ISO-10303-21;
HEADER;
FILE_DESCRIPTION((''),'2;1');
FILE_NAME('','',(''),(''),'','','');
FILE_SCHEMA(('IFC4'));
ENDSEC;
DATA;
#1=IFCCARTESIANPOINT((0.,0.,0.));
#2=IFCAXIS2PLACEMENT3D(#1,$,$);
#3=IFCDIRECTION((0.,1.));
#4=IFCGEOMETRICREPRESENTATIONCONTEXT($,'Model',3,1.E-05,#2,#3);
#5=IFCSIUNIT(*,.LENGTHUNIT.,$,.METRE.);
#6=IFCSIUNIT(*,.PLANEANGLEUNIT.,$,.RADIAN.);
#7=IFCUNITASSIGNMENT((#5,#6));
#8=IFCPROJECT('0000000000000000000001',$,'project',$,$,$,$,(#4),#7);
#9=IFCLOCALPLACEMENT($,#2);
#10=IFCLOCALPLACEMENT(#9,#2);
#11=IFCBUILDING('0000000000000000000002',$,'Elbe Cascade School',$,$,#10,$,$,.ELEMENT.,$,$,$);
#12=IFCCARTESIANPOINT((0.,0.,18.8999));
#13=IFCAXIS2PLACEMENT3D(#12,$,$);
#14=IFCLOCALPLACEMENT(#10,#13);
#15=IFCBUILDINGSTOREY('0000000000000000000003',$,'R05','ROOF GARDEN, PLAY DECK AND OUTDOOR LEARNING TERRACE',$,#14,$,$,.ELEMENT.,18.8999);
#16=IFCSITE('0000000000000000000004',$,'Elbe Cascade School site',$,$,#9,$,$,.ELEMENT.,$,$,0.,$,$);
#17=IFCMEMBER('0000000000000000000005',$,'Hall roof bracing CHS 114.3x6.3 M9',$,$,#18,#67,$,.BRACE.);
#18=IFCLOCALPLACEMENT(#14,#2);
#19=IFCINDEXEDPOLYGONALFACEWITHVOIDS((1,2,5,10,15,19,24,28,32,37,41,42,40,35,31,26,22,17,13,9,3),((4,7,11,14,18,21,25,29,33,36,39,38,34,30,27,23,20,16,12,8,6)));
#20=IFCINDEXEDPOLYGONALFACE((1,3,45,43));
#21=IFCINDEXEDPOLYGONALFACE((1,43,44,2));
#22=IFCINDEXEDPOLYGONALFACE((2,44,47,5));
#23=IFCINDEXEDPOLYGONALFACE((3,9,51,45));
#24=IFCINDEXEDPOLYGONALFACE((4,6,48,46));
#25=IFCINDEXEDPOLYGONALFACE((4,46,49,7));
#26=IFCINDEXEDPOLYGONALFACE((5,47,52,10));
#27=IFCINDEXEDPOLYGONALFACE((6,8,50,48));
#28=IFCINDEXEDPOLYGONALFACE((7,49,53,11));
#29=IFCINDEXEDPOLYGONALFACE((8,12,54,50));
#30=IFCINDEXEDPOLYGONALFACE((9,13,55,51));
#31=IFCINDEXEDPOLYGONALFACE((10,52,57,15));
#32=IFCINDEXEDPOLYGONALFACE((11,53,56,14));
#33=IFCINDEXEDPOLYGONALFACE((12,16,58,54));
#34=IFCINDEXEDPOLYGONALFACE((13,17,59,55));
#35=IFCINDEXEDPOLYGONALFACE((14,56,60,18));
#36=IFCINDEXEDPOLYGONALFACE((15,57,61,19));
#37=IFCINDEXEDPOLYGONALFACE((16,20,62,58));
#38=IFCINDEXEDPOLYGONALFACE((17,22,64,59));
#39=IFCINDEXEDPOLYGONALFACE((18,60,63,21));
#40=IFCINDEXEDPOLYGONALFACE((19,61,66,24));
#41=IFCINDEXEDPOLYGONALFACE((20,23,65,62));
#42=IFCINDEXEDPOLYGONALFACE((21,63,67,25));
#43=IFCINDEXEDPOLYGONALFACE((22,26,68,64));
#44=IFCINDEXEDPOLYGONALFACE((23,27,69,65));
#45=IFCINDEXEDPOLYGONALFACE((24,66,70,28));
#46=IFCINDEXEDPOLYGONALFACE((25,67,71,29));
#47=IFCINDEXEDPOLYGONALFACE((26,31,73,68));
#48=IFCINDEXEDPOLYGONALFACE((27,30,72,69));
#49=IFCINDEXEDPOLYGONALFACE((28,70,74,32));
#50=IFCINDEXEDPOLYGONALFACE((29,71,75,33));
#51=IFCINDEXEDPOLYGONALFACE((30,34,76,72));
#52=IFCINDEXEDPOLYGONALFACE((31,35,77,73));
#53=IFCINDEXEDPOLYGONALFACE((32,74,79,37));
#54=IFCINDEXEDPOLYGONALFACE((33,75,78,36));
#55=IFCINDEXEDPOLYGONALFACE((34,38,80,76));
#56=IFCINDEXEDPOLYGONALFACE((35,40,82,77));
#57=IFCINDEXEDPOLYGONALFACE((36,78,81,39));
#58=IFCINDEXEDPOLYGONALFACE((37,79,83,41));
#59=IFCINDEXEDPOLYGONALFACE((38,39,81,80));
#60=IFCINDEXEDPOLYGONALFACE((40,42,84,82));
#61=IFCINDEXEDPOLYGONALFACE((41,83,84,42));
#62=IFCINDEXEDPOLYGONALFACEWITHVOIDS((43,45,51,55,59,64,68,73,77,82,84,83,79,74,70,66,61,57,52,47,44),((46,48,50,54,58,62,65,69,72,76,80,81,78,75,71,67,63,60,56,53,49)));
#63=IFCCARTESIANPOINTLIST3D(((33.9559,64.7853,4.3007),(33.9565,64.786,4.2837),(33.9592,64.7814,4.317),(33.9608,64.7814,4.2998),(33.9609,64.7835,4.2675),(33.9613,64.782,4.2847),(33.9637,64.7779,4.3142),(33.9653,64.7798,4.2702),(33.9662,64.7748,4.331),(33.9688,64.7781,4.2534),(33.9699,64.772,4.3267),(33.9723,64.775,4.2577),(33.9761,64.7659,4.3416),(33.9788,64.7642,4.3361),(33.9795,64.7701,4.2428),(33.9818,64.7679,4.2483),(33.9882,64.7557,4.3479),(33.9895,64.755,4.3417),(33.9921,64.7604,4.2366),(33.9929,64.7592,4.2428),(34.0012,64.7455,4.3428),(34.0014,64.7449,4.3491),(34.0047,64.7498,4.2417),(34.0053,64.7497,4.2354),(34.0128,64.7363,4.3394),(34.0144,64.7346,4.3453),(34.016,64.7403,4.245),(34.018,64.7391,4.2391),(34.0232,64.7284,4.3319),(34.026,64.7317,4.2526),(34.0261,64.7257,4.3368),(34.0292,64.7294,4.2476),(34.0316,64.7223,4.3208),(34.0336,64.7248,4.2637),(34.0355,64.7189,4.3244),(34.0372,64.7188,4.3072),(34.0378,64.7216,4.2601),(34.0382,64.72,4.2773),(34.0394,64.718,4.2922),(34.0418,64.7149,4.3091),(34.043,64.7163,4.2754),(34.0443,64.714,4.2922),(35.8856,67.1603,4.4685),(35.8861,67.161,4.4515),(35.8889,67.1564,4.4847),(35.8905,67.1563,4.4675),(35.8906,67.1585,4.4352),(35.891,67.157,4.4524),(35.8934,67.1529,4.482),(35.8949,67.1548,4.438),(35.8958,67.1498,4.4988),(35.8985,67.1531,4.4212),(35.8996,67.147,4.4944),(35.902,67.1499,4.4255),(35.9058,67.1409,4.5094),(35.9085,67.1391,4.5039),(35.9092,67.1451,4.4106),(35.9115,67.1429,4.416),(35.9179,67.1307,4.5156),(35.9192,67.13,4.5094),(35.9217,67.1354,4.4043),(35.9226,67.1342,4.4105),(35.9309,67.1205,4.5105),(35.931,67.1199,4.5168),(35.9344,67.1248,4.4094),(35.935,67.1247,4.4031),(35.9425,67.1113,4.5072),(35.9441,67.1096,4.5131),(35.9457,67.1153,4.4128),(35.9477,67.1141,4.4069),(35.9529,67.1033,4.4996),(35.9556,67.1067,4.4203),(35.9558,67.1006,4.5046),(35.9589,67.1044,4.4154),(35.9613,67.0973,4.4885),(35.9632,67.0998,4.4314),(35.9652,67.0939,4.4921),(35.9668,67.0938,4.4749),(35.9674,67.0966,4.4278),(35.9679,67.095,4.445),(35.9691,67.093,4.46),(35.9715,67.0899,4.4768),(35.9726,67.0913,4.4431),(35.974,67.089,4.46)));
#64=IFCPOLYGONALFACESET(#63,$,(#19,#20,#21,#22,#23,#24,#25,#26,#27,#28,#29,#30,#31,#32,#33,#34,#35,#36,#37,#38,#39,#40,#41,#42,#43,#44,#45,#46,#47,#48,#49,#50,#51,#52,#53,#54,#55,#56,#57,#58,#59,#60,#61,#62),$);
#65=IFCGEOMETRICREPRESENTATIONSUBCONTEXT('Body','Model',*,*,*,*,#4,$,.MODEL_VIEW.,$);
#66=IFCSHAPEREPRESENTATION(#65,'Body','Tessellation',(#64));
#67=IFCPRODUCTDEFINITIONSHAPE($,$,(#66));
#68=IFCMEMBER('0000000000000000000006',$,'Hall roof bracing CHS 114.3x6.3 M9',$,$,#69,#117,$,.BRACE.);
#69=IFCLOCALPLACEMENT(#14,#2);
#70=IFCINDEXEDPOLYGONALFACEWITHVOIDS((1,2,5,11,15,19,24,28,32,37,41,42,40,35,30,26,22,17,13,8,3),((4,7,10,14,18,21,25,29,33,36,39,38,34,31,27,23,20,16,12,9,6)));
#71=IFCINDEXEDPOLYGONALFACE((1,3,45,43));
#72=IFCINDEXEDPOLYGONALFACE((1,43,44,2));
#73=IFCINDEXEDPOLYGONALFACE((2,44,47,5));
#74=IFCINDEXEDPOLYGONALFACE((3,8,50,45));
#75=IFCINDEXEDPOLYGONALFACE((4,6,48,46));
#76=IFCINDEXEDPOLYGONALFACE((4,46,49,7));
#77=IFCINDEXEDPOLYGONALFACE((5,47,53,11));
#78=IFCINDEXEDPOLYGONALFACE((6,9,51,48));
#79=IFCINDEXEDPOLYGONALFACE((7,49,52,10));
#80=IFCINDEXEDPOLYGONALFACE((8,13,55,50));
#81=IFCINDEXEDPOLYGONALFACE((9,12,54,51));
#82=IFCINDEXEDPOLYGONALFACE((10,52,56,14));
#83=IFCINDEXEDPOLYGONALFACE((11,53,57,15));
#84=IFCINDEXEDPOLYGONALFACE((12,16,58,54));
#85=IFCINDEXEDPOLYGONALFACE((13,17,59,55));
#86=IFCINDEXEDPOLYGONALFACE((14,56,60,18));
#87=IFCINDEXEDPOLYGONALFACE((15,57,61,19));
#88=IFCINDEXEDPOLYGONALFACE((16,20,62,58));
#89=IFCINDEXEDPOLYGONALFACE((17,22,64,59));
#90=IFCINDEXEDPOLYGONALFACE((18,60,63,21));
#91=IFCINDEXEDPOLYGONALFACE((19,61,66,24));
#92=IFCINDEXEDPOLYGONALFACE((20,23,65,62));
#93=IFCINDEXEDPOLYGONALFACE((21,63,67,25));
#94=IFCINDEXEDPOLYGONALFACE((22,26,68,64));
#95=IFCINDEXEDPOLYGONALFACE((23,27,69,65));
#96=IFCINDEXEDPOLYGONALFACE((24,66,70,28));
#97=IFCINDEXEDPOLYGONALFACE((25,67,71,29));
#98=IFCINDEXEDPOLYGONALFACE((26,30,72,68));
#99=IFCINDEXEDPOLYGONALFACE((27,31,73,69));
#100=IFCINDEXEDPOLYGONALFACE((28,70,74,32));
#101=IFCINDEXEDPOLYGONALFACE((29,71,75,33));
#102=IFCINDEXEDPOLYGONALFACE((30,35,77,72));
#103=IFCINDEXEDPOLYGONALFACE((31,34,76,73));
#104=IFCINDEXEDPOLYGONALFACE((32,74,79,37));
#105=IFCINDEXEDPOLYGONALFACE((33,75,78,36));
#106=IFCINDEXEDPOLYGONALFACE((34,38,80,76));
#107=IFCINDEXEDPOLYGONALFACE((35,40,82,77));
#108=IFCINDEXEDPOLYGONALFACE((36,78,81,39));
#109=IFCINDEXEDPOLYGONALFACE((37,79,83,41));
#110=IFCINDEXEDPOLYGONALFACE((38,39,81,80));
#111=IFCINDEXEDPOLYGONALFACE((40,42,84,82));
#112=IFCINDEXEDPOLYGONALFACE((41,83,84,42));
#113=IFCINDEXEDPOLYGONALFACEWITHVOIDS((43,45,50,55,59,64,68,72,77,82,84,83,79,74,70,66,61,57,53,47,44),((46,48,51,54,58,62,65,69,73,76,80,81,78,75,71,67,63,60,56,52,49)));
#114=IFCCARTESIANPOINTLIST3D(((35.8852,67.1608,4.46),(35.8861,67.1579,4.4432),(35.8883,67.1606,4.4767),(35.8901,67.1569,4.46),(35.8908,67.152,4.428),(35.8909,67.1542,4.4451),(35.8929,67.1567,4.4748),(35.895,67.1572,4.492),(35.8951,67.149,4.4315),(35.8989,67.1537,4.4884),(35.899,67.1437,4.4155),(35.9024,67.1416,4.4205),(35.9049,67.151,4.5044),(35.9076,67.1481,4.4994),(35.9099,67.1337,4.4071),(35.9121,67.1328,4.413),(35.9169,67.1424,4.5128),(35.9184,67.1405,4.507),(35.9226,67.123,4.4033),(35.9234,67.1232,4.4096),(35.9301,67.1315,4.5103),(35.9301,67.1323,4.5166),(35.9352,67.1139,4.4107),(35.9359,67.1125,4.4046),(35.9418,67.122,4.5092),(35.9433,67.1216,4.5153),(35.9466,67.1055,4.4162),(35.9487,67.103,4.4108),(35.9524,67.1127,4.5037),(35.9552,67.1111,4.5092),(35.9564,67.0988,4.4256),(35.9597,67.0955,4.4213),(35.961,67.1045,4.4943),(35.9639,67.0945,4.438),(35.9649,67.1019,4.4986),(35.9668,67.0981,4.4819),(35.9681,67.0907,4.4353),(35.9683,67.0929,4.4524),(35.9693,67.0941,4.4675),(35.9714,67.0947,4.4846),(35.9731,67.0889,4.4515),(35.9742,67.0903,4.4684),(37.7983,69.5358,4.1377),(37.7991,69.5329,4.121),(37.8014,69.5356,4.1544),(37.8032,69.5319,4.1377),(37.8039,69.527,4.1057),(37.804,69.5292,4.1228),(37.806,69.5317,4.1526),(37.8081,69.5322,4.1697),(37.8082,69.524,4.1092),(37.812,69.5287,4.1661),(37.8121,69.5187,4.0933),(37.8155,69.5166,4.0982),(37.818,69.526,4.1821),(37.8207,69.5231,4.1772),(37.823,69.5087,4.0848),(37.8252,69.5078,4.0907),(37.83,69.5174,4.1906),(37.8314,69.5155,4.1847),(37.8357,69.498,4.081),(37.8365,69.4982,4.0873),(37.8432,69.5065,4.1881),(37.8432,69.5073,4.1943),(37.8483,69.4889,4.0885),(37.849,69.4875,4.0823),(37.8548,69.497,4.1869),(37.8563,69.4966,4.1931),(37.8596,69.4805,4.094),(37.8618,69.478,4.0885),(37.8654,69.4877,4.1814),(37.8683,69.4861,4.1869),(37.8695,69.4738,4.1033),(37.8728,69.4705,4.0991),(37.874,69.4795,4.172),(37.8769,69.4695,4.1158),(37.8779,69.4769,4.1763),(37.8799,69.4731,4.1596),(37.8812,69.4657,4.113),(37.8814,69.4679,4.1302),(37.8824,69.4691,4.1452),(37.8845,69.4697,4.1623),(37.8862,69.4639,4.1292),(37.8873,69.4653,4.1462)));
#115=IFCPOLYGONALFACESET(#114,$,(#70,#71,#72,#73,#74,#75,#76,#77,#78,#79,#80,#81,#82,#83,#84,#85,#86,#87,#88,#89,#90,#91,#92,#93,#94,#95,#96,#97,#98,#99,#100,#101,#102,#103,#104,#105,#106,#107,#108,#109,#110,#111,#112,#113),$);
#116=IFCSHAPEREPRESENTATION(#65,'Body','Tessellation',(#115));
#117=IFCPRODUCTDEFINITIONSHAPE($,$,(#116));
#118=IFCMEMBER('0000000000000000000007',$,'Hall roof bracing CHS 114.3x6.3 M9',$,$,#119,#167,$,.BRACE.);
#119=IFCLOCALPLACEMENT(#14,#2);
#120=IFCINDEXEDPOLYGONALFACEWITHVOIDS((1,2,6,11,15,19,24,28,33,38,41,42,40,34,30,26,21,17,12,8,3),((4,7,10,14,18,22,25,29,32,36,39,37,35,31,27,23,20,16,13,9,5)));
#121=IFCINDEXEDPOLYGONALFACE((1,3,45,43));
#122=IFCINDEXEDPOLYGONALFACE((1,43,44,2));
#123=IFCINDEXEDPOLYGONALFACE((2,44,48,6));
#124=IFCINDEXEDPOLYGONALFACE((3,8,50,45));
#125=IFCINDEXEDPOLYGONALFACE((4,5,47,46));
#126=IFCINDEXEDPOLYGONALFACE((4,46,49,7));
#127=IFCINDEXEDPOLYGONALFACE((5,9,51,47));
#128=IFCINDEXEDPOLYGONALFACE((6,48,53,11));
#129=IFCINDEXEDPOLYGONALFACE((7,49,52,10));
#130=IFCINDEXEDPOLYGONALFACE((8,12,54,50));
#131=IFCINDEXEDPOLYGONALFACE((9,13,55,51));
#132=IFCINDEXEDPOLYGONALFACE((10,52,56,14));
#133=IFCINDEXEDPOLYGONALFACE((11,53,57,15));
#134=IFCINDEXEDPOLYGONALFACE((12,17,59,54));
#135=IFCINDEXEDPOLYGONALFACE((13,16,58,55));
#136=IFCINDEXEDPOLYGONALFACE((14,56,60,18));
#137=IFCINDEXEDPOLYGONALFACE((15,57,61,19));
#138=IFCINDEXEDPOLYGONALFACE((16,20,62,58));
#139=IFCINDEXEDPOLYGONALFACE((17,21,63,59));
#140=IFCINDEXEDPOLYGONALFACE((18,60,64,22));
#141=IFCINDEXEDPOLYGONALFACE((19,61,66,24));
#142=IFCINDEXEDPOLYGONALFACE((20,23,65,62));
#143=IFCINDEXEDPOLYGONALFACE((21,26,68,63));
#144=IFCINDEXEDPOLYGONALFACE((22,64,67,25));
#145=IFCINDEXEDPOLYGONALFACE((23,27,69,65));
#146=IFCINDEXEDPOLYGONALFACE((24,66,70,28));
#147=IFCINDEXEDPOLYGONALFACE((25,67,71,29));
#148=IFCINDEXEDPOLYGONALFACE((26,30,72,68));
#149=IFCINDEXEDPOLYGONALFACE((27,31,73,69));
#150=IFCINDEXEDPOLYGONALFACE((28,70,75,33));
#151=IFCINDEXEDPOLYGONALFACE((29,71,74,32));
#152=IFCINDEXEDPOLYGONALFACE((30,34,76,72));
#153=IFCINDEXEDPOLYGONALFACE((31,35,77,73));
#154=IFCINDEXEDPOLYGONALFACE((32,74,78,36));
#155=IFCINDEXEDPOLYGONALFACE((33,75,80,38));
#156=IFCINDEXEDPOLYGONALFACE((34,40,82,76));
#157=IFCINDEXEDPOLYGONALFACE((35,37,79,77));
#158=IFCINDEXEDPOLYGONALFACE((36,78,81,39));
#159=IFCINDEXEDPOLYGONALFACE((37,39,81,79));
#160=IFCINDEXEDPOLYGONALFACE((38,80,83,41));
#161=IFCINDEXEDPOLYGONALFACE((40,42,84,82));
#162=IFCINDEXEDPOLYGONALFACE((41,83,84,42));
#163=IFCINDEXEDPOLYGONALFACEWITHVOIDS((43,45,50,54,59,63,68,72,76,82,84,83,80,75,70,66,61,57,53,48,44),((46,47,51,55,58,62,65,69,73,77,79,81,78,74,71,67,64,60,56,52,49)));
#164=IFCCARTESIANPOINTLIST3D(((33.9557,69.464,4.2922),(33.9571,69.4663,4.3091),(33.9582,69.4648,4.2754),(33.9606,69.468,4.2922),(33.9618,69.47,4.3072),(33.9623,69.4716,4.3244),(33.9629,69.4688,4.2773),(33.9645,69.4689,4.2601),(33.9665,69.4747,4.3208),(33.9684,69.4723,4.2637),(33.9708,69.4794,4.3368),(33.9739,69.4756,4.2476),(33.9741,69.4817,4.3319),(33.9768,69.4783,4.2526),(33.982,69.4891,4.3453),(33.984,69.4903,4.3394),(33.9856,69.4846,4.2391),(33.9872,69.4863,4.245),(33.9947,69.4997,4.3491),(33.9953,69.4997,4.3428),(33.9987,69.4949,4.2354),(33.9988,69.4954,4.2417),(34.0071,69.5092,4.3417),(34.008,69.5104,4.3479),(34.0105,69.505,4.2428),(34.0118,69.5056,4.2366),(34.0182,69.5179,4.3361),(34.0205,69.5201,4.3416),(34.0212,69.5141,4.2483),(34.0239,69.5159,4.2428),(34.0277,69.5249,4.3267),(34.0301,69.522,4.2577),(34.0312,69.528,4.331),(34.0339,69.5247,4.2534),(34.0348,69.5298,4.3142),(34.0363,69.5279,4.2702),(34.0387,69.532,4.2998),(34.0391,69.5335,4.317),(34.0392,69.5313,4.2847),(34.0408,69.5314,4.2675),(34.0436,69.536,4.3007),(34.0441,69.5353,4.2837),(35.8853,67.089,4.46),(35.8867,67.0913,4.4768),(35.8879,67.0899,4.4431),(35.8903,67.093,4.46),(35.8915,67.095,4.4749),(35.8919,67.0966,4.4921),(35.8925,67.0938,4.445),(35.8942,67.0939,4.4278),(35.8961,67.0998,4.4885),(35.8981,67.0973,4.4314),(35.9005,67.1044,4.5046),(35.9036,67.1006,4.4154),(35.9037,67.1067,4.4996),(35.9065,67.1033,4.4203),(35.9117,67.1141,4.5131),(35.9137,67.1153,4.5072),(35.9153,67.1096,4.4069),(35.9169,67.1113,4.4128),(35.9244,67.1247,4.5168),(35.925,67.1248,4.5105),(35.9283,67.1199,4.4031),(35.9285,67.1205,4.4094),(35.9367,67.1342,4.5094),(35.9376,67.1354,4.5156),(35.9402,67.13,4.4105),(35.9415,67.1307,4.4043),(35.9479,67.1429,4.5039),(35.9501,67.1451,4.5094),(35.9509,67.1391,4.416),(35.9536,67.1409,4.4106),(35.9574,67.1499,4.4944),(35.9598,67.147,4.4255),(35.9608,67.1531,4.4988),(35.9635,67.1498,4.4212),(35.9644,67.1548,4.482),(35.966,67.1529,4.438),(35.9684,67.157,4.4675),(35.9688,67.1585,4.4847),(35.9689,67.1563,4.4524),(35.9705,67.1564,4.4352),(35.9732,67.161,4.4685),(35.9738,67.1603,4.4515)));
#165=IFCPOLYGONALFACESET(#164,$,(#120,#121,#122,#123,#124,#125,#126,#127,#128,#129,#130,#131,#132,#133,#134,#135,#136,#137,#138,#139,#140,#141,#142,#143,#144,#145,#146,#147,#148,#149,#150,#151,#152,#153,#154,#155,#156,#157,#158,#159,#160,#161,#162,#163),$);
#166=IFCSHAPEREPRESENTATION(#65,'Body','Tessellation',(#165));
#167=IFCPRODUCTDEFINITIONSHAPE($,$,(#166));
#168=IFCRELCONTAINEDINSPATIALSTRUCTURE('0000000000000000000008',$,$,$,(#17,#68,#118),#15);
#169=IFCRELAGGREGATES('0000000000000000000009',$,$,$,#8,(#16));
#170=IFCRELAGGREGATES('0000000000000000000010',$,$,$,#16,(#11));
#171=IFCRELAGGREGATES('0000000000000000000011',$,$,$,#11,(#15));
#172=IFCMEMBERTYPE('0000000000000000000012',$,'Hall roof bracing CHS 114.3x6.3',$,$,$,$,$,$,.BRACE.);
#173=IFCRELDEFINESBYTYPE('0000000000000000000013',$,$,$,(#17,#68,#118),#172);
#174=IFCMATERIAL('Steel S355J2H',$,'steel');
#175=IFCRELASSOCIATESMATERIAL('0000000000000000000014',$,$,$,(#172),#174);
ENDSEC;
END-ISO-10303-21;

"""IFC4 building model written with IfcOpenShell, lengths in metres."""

from ifc_helpers import new_model, si_unit, direction, frame, origin, origin_2d, place, context, subcontext, project, spatial, hollow_circle, extrude, material, material_profile, profile_set, type_object, element, save


model = new_model("IFC4")

# Units and contexts
model_context = context("Model", 3, precision=1e-05, world=origin(), true_north=direction((0.0, 1.0)))
body_context = subcontext(model_context, "Body", "Model", "MODEL_VIEW")
ifc_project = project(units=[si_unit("LENGTHUNIT", "METRE"), si_unit("PLANEANGLEUNIT", "RADIAN")], contexts=[model_context])

# Site, building, storey
site_placement = place(None, origin())
site = spatial("IfcSite", under=ifc_project, at=site_placement, Name="Elbe Cascade School site", CompositionType="ELEMENT", RefElevation=0.0)
building_placement = place(site_placement, origin())
building = spatial("IfcBuilding", under=site, at=building_placement, Name="Elbe Cascade School", CompositionType="ELEMENT")
storey_placement = place(building_placement, frame((0.0, 0.0, 18.8999)))
storey = spatial("IfcBuildingStorey", under=building, at=storey_placement, Name="R05", Description="ROOF GARDEN, PLAY DECK AND OUTDOOR LEARNING TERRACE", CompositionType="ELEMENT", Elevation=18.8999)

# Members
ifc_material_1 = material(Name="Steel S355J2H", Category="steel")
ifc_material_profile_1 = material_profile(ifc_material_1, hollow_circle(Radius=0.0571, WallThickness=0.0063, at=origin_2d()), Name="CHS 114.3x6.3")
ifc_profile_set_1 = profile_set([ifc_material_profile_1], Name="Steel S355J2H")
member_type_1 = type_object("IfcMemberType", Name="Hall roof bracing CHS 114.3x6.3", PredefinedType="BRACE", material=ifc_profile_set_1)
member_1_placement = place(storey_placement, frame((35.9297, 67.125, 4.46), z_axis=(-0.629648, -0.774951, -0.054728), x_axis=(0.776114, -0.630593, 0.0)))
element("IfcMember", 1, at=member_1_placement, inside=storey, type_object=member_type_1, Name="Hall roof bracing CHS 114.3x6.3 M9", PredefinedType="BRACE", context=body_context, shape_type="SweptSolid", body=[
    extrude(hollow_circle(Radius=0.0571, WallThickness=0.0063, at=origin_2d()), origin(), (0.0, 0.0, 1.0), 3.0647),
])
member_2_placement = place(storey_placement, frame((35.9297, 67.125, 4.46), z_axis=(0.623835, 0.774459, -0.105087), x_axis=(-0.778771, 0.627308, 0.0)))
element("IfcMember", 2, at=member_2_placement, inside=storey, type_object=member_type_1, Name="Hall roof bracing CHS 114.3x6.3 M9", PredefinedType="BRACE", context=body_context, shape_type="SweptSolid", body=[
    extrude(hollow_circle(Radius=0.0571, WallThickness=0.0063, at=origin_2d()), origin(), (0.0, 0.0, 1.0), 3.0667),
])
member_3_placement = place(storey_placement, frame((35.9297, 67.125, 4.46), z_axis=(-0.629648, 0.774951, -0.054728), x_axis=(-0.776114, -0.630593, 0.0)))
element("IfcMember", 3, at=member_3_placement, inside=storey, type_object=member_type_1, Name="Hall roof bracing CHS 114.3x6.3 M9", PredefinedType="BRACE", context=body_context, shape_type="SweptSolid", body=[
    extrude(hollow_circle(Radius=0.0571, WallThickness=0.0063, at=origin_2d()), origin(), (0.0, 0.0, 1.0), 3.0647),
])

save(model, "model.ifc")
